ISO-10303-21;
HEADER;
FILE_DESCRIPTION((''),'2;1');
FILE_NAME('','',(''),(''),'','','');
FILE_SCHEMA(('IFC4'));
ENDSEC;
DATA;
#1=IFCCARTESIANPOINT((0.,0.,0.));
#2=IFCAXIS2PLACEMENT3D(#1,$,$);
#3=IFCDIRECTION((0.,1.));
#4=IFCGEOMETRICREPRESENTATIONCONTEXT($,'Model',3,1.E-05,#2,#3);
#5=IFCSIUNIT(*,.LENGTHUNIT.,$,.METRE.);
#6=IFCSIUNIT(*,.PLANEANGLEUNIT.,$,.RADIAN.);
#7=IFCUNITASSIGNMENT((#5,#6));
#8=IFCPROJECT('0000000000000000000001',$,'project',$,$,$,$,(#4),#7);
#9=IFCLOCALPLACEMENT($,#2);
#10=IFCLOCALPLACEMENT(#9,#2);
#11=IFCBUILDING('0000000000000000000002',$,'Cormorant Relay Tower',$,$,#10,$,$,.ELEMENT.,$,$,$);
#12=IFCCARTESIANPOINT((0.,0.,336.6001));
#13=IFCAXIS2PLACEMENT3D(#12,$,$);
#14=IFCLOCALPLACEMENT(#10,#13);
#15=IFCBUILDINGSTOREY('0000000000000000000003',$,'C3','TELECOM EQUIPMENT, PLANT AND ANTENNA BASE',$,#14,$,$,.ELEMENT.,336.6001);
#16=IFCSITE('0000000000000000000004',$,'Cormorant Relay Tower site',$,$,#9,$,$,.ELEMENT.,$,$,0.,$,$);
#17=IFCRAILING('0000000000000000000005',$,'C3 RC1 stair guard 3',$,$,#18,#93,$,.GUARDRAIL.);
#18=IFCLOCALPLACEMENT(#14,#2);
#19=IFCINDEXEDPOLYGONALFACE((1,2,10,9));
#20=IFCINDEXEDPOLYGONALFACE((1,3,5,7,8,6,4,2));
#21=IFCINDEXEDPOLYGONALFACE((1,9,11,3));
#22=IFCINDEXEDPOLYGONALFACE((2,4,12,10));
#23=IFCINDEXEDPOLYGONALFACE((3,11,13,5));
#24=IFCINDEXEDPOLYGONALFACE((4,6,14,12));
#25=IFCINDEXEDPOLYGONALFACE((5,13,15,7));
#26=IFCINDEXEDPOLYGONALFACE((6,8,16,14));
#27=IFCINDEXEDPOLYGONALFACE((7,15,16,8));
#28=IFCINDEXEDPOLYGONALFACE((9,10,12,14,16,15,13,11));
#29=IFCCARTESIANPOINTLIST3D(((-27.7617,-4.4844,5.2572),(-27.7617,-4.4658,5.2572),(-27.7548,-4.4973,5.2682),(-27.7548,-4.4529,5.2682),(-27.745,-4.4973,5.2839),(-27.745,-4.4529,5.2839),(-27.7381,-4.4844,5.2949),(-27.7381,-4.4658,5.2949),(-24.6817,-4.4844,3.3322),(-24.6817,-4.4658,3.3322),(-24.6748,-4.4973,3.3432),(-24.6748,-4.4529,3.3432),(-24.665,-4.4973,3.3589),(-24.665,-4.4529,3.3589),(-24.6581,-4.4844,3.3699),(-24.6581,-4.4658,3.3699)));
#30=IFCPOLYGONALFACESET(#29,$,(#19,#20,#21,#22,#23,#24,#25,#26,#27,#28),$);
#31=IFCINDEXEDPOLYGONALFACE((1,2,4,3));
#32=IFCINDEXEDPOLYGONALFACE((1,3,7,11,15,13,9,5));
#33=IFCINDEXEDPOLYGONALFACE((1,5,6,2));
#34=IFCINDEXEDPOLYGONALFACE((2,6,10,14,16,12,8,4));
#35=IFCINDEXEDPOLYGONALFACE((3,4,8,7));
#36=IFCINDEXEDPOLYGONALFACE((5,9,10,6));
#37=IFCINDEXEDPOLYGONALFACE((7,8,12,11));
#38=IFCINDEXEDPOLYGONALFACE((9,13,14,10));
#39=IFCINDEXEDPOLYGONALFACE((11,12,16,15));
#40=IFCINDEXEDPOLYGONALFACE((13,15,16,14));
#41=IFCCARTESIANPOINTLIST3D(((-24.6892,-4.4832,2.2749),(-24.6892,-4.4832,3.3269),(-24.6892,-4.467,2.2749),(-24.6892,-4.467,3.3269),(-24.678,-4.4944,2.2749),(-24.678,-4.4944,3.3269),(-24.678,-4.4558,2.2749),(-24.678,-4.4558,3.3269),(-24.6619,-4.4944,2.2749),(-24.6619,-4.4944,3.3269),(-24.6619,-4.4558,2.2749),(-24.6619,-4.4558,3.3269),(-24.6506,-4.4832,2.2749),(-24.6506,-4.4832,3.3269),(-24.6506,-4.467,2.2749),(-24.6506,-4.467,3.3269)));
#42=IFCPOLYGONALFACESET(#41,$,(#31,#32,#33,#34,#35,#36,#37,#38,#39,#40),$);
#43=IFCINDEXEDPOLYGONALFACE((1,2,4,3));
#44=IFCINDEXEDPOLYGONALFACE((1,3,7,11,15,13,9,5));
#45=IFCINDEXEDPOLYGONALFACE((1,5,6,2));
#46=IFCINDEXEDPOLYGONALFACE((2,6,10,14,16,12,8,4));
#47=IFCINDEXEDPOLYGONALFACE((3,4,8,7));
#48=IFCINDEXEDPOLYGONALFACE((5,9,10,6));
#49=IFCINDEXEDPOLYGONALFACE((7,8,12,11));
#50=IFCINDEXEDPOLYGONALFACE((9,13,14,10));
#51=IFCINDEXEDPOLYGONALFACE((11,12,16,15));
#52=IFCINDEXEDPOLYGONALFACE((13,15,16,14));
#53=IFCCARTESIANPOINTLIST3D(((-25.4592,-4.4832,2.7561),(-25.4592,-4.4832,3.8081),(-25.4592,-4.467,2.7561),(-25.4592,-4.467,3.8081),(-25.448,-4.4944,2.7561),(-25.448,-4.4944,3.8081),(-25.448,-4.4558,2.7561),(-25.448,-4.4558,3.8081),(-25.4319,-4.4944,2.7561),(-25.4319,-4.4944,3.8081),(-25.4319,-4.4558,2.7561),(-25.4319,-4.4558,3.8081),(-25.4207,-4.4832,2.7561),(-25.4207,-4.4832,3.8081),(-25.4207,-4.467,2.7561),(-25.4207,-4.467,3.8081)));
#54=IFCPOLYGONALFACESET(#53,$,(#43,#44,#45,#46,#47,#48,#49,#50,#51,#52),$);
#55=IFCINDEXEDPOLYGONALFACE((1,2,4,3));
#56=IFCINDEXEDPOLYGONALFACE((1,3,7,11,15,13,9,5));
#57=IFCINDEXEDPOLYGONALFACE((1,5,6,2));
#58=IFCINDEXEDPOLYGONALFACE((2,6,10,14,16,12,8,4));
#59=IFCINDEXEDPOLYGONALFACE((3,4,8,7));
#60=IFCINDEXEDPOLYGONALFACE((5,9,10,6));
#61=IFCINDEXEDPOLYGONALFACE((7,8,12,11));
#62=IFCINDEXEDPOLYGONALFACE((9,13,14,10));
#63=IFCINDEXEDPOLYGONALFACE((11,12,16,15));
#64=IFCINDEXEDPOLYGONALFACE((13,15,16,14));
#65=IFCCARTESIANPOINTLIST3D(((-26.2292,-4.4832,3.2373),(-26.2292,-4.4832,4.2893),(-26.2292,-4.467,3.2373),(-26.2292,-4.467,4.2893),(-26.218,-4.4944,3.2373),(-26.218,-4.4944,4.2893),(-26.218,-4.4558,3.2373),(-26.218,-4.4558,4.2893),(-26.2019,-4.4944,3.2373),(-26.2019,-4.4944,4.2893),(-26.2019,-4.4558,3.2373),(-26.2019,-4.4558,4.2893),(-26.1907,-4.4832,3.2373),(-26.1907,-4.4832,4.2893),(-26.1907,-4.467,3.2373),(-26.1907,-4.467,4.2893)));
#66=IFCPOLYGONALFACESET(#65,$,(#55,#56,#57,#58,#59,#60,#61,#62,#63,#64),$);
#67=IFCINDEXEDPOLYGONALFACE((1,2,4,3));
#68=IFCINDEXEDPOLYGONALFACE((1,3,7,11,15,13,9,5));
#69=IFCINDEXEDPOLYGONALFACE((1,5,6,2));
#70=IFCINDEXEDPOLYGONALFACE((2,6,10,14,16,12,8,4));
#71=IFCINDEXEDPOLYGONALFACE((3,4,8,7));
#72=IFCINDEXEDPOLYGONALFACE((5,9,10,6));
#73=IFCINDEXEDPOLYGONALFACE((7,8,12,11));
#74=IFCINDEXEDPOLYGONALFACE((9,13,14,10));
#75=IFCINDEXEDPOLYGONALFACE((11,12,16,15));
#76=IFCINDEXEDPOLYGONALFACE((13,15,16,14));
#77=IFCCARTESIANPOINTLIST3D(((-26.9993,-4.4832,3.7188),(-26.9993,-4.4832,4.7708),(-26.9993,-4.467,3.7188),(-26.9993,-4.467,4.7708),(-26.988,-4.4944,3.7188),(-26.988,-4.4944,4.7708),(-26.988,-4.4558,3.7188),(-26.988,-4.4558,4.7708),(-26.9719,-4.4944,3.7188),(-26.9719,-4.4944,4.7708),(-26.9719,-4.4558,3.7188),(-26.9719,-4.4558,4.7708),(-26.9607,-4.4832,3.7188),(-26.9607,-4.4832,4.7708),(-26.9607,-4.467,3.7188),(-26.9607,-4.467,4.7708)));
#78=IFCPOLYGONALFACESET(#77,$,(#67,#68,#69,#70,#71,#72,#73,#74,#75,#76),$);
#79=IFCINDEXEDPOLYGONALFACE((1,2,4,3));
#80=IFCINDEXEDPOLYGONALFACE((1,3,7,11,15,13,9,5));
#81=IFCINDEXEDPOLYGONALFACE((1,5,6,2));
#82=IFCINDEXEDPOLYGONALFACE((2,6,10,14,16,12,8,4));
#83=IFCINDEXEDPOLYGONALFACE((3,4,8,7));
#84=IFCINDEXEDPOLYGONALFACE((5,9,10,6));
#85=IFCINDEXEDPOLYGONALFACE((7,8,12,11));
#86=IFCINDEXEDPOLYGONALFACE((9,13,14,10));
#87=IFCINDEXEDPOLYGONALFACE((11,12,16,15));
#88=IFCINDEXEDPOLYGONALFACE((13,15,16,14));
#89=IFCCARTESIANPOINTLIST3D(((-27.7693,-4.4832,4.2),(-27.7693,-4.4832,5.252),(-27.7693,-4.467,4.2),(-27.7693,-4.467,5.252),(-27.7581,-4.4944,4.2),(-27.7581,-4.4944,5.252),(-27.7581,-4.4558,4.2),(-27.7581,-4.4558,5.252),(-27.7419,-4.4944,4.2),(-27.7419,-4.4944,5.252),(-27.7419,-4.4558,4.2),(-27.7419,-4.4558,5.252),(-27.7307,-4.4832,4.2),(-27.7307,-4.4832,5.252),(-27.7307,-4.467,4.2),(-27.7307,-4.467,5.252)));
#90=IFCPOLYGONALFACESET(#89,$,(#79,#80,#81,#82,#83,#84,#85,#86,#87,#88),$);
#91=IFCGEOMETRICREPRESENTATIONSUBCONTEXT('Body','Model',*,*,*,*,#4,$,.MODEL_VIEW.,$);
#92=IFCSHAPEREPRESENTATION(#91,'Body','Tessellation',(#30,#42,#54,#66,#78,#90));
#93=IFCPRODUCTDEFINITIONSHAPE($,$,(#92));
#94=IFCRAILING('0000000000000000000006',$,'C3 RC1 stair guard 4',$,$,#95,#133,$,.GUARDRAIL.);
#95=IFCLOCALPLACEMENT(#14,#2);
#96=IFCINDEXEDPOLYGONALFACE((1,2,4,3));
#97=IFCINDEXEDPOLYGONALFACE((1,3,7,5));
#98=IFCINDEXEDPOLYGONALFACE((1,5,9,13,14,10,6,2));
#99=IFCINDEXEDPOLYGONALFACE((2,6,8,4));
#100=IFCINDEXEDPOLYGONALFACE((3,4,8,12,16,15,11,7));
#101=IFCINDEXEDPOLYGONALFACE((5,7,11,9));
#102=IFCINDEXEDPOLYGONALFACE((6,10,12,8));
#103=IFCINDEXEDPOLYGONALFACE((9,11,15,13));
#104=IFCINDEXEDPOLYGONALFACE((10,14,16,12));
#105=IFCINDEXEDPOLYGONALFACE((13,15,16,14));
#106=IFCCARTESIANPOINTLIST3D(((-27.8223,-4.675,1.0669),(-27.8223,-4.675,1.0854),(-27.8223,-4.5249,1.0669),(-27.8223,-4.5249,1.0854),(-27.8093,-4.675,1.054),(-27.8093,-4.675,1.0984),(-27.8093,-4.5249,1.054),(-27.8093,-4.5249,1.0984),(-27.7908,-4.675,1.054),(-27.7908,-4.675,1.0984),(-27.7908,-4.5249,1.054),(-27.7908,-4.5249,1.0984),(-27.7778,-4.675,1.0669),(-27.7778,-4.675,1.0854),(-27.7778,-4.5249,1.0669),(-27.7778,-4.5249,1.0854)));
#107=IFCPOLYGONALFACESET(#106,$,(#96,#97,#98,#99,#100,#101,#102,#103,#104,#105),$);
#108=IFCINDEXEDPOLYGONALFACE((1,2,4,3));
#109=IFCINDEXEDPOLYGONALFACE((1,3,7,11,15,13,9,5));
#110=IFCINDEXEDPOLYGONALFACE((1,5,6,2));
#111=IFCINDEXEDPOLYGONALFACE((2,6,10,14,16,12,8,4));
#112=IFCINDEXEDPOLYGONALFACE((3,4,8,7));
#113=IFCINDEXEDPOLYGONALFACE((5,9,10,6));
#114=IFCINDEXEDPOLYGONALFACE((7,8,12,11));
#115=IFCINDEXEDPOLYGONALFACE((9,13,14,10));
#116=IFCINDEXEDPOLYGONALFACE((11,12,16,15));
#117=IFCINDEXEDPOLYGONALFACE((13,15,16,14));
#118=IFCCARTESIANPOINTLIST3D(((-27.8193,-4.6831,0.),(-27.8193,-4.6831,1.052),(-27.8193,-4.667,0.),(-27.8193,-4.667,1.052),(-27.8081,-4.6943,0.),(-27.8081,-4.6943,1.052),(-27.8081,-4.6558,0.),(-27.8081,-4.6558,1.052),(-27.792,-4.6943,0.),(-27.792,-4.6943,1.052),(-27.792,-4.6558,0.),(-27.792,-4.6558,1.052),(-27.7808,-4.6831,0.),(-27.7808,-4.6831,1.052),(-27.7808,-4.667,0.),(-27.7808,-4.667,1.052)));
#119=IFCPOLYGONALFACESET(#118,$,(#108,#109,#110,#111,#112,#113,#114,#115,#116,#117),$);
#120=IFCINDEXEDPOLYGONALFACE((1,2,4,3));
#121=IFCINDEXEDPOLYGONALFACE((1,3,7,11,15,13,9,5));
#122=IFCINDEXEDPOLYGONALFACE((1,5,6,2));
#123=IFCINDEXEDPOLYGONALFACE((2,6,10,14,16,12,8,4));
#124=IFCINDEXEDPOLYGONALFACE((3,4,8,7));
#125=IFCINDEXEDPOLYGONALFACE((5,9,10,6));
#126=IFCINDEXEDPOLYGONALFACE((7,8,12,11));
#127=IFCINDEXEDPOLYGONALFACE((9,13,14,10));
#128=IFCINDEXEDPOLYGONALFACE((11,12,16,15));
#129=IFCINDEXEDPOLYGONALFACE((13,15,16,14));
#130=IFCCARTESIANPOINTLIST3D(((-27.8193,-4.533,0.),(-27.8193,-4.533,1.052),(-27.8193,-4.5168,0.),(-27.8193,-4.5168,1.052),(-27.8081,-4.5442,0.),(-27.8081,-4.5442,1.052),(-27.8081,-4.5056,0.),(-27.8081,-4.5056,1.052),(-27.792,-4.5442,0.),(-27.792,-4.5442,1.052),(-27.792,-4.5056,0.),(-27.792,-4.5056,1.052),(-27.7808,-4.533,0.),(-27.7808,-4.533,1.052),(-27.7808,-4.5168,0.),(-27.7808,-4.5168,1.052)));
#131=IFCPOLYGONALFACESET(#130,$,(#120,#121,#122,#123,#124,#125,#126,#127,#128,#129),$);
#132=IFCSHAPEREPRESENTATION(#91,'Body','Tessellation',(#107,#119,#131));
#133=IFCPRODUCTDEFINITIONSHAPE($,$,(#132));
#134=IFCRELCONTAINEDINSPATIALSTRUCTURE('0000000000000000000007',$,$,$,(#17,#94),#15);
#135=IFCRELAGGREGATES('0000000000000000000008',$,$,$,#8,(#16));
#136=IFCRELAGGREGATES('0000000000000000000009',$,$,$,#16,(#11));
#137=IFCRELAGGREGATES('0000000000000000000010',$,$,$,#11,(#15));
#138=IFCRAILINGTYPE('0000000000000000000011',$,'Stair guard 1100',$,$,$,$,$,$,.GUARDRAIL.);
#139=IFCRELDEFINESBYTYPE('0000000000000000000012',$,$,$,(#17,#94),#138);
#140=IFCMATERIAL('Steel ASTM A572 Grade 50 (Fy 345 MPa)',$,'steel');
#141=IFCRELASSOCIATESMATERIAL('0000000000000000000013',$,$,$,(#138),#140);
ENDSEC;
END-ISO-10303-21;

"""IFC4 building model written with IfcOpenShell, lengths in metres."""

from ifc_helpers import new_model, si_unit, direction, frame, origin, place, context, subcontext, project, spatial, polyline, outline, extrude, material, type_object, element, save


model = new_model("IFC4")

# Units and contexts
model_context = context("Model", 3, precision=1e-05, world=origin(), true_north=direction((0.0, 1.0)))
body_context = subcontext(model_context, "Body", "Model", "MODEL_VIEW")
ifc_project = project(units=[si_unit("LENGTHUNIT", "METRE"), si_unit("PLANEANGLEUNIT", "RADIAN")], contexts=[model_context])

# Site, building, storey
site_placement = place(None, origin())
site = spatial("IfcSite", under=ifc_project, at=site_placement, Name="Cormorant Relay Tower site", CompositionType="ELEMENT", RefElevation=0.0)
building_placement = place(site_placement, origin())
building = spatial("IfcBuilding", under=site, at=building_placement, Name="Cormorant Relay Tower", CompositionType="ELEMENT")
storey_placement = place(building_placement, frame((0.0, 0.0, 336.6001)))
storey = spatial("IfcBuildingStorey", under=building, at=storey_placement, Name="C3", Description="TELECOM EQUIPMENT, PLANT AND ANTENNA BASE", CompositionType="ELEMENT", Elevation=336.6001)

# Railings
ifc_material_1 = material(Name="Steel ASTM A572 Grade 50 (Fy 345 MPa)", Category="steel")
railing_type_1 = type_object("IfcRailingType", Name="Stair guard 1100", PredefinedType="GUARDRAIL", material=ifc_material_1)
railing_1_placement = place(storey_placement, frame((-24.6699, -4.4751, 2.2749)))
element("IfcRailing", 1, at=railing_1_placement, inside=storey, type_object=railing_type_1, Name="C3 RC1 stair guard 3", PredefinedType="GUARDRAIL", context=body_context, shape_type="SweptSolid", body=[
    extrude(outline(polyline([(0.0222, 0.0093), (0.0093, 0.0222), (-0.0093, 0.0222), (-0.0222, 0.0093), (-0.0222, -0.0093), (-0.0093, -0.0222), (0.0093, -0.0222), (0.0222, -0.0093), (0.0222, 0.0093)])), frame((0.0, 0.0, 1.0762), z_axis=(-0.847998, 0.0, 0.529999), x_axis=(0.0, -1.0, 0.0)), (0.0, 0.0, 1.0), 3.6321),
    extrude(outline(polyline([(0.0193, 0.0081), (0.0081, 0.0193), (-0.0081, 0.0193), (-0.0193, 0.0081), (-0.0193, -0.0081), (-0.0081, -0.0193), (0.0081, -0.0193), (0.0193, -0.0081), (0.0193, 0.0081)])), origin(), (0.0, 0.0, 1.0), 1.052),
    extrude(outline(polyline([(0.0193, 0.0081), (0.0081, 0.0193), (-0.0081, 0.0193), (-0.0193, 0.0081), (-0.0193, -0.0081), (-0.0081, -0.0193), (0.0081, -0.0193), (0.0193, -0.0081), (0.0193, 0.0081)])), frame((-0.77, 0.0, 0.4812)), (0.0, 0.0, 1.0), 1.052),
    extrude(outline(polyline([(0.0193, 0.0081), (0.0081, 0.0193), (-0.0081, 0.0193), (-0.0193, 0.0081), (-0.0193, -0.0081), (-0.0081, -0.0193), (0.0081, -0.0193), (0.0193, -0.0081), (0.0193, 0.0081)])), frame((-1.54, 0.0, 0.9624)), (0.0, 0.0, 1.0), 1.052),
    extrude(outline(polyline([(0.0193, 0.0081), (0.0081, 0.0193), (-0.0081, 0.0193), (-0.0193, 0.0081), (-0.0193, -0.0081), (-0.0081, -0.0193), (0.0081, -0.0193), (0.0193, -0.0081), (0.0193, 0.0081)])), frame((-2.3101, 0.0, 1.4438)), (0.0, 0.0, 1.0), 1.052),
    extrude(outline(polyline([(0.0193, 0.0081), (0.0081, 0.0193), (-0.0081, 0.0193), (-0.0193, 0.0081), (-0.0193, -0.0081), (-0.0081, -0.0193), (0.0081, -0.0193), (0.0193, -0.0081), (0.0193, 0.0081)])), frame((-3.0801, 0.0, 1.925)), (0.0, 0.0, 1.0), 1.052),
])
railing_2_placement = place(storey_placement, frame((-27.8, -4.675, 0.0)))
element("IfcRailing", 2, at=railing_2_placement, inside=storey, type_object=railing_type_1, Name="C3 RC1 stair guard 4", PredefinedType="GUARDRAIL", context=body_context, shape_type="SweptSolid", body=[
    extrude(outline(polyline([(0.0222, 0.0093), (0.0093, 0.0222), (-0.0093, 0.0222), (-0.0222, 0.0093), (-0.0222, -0.0093), (-0.0093, -0.0222), (0.0093, -0.0222), (0.0222, -0.0093), (0.0222, 0.0093)])), frame((0.0, 0.0, 1.0762), z_axis=(0.0, 1.0, 0.0), x_axis=(-1.0, 0.0, 0.0)), (0.0, 0.0, 1.0), 0.1501),
    extrude(outline(polyline([(0.0193, 0.0081), (0.0081, 0.0193), (-0.0081, 0.0193), (-0.0193, 0.0081), (-0.0193, -0.0081), (-0.0081, -0.0193), (0.0081, -0.0193), (0.0193, -0.0081), (0.0193, 0.0081)])), origin(), (0.0, 0.0, 1.0), 1.052),
    extrude(outline(polyline([(0.0193, 0.0081), (0.0081, 0.0193), (-0.0081, 0.0193), (-0.0193, 0.0081), (-0.0193, -0.0081), (-0.0081, -0.0193), (0.0081, -0.0193), (0.0193, -0.0081), (0.0193, 0.0081)])), frame((0.0, 0.1501, 0.0)), (0.0, 0.0, 1.0), 1.052),
])

save(model, "model.ifc")
